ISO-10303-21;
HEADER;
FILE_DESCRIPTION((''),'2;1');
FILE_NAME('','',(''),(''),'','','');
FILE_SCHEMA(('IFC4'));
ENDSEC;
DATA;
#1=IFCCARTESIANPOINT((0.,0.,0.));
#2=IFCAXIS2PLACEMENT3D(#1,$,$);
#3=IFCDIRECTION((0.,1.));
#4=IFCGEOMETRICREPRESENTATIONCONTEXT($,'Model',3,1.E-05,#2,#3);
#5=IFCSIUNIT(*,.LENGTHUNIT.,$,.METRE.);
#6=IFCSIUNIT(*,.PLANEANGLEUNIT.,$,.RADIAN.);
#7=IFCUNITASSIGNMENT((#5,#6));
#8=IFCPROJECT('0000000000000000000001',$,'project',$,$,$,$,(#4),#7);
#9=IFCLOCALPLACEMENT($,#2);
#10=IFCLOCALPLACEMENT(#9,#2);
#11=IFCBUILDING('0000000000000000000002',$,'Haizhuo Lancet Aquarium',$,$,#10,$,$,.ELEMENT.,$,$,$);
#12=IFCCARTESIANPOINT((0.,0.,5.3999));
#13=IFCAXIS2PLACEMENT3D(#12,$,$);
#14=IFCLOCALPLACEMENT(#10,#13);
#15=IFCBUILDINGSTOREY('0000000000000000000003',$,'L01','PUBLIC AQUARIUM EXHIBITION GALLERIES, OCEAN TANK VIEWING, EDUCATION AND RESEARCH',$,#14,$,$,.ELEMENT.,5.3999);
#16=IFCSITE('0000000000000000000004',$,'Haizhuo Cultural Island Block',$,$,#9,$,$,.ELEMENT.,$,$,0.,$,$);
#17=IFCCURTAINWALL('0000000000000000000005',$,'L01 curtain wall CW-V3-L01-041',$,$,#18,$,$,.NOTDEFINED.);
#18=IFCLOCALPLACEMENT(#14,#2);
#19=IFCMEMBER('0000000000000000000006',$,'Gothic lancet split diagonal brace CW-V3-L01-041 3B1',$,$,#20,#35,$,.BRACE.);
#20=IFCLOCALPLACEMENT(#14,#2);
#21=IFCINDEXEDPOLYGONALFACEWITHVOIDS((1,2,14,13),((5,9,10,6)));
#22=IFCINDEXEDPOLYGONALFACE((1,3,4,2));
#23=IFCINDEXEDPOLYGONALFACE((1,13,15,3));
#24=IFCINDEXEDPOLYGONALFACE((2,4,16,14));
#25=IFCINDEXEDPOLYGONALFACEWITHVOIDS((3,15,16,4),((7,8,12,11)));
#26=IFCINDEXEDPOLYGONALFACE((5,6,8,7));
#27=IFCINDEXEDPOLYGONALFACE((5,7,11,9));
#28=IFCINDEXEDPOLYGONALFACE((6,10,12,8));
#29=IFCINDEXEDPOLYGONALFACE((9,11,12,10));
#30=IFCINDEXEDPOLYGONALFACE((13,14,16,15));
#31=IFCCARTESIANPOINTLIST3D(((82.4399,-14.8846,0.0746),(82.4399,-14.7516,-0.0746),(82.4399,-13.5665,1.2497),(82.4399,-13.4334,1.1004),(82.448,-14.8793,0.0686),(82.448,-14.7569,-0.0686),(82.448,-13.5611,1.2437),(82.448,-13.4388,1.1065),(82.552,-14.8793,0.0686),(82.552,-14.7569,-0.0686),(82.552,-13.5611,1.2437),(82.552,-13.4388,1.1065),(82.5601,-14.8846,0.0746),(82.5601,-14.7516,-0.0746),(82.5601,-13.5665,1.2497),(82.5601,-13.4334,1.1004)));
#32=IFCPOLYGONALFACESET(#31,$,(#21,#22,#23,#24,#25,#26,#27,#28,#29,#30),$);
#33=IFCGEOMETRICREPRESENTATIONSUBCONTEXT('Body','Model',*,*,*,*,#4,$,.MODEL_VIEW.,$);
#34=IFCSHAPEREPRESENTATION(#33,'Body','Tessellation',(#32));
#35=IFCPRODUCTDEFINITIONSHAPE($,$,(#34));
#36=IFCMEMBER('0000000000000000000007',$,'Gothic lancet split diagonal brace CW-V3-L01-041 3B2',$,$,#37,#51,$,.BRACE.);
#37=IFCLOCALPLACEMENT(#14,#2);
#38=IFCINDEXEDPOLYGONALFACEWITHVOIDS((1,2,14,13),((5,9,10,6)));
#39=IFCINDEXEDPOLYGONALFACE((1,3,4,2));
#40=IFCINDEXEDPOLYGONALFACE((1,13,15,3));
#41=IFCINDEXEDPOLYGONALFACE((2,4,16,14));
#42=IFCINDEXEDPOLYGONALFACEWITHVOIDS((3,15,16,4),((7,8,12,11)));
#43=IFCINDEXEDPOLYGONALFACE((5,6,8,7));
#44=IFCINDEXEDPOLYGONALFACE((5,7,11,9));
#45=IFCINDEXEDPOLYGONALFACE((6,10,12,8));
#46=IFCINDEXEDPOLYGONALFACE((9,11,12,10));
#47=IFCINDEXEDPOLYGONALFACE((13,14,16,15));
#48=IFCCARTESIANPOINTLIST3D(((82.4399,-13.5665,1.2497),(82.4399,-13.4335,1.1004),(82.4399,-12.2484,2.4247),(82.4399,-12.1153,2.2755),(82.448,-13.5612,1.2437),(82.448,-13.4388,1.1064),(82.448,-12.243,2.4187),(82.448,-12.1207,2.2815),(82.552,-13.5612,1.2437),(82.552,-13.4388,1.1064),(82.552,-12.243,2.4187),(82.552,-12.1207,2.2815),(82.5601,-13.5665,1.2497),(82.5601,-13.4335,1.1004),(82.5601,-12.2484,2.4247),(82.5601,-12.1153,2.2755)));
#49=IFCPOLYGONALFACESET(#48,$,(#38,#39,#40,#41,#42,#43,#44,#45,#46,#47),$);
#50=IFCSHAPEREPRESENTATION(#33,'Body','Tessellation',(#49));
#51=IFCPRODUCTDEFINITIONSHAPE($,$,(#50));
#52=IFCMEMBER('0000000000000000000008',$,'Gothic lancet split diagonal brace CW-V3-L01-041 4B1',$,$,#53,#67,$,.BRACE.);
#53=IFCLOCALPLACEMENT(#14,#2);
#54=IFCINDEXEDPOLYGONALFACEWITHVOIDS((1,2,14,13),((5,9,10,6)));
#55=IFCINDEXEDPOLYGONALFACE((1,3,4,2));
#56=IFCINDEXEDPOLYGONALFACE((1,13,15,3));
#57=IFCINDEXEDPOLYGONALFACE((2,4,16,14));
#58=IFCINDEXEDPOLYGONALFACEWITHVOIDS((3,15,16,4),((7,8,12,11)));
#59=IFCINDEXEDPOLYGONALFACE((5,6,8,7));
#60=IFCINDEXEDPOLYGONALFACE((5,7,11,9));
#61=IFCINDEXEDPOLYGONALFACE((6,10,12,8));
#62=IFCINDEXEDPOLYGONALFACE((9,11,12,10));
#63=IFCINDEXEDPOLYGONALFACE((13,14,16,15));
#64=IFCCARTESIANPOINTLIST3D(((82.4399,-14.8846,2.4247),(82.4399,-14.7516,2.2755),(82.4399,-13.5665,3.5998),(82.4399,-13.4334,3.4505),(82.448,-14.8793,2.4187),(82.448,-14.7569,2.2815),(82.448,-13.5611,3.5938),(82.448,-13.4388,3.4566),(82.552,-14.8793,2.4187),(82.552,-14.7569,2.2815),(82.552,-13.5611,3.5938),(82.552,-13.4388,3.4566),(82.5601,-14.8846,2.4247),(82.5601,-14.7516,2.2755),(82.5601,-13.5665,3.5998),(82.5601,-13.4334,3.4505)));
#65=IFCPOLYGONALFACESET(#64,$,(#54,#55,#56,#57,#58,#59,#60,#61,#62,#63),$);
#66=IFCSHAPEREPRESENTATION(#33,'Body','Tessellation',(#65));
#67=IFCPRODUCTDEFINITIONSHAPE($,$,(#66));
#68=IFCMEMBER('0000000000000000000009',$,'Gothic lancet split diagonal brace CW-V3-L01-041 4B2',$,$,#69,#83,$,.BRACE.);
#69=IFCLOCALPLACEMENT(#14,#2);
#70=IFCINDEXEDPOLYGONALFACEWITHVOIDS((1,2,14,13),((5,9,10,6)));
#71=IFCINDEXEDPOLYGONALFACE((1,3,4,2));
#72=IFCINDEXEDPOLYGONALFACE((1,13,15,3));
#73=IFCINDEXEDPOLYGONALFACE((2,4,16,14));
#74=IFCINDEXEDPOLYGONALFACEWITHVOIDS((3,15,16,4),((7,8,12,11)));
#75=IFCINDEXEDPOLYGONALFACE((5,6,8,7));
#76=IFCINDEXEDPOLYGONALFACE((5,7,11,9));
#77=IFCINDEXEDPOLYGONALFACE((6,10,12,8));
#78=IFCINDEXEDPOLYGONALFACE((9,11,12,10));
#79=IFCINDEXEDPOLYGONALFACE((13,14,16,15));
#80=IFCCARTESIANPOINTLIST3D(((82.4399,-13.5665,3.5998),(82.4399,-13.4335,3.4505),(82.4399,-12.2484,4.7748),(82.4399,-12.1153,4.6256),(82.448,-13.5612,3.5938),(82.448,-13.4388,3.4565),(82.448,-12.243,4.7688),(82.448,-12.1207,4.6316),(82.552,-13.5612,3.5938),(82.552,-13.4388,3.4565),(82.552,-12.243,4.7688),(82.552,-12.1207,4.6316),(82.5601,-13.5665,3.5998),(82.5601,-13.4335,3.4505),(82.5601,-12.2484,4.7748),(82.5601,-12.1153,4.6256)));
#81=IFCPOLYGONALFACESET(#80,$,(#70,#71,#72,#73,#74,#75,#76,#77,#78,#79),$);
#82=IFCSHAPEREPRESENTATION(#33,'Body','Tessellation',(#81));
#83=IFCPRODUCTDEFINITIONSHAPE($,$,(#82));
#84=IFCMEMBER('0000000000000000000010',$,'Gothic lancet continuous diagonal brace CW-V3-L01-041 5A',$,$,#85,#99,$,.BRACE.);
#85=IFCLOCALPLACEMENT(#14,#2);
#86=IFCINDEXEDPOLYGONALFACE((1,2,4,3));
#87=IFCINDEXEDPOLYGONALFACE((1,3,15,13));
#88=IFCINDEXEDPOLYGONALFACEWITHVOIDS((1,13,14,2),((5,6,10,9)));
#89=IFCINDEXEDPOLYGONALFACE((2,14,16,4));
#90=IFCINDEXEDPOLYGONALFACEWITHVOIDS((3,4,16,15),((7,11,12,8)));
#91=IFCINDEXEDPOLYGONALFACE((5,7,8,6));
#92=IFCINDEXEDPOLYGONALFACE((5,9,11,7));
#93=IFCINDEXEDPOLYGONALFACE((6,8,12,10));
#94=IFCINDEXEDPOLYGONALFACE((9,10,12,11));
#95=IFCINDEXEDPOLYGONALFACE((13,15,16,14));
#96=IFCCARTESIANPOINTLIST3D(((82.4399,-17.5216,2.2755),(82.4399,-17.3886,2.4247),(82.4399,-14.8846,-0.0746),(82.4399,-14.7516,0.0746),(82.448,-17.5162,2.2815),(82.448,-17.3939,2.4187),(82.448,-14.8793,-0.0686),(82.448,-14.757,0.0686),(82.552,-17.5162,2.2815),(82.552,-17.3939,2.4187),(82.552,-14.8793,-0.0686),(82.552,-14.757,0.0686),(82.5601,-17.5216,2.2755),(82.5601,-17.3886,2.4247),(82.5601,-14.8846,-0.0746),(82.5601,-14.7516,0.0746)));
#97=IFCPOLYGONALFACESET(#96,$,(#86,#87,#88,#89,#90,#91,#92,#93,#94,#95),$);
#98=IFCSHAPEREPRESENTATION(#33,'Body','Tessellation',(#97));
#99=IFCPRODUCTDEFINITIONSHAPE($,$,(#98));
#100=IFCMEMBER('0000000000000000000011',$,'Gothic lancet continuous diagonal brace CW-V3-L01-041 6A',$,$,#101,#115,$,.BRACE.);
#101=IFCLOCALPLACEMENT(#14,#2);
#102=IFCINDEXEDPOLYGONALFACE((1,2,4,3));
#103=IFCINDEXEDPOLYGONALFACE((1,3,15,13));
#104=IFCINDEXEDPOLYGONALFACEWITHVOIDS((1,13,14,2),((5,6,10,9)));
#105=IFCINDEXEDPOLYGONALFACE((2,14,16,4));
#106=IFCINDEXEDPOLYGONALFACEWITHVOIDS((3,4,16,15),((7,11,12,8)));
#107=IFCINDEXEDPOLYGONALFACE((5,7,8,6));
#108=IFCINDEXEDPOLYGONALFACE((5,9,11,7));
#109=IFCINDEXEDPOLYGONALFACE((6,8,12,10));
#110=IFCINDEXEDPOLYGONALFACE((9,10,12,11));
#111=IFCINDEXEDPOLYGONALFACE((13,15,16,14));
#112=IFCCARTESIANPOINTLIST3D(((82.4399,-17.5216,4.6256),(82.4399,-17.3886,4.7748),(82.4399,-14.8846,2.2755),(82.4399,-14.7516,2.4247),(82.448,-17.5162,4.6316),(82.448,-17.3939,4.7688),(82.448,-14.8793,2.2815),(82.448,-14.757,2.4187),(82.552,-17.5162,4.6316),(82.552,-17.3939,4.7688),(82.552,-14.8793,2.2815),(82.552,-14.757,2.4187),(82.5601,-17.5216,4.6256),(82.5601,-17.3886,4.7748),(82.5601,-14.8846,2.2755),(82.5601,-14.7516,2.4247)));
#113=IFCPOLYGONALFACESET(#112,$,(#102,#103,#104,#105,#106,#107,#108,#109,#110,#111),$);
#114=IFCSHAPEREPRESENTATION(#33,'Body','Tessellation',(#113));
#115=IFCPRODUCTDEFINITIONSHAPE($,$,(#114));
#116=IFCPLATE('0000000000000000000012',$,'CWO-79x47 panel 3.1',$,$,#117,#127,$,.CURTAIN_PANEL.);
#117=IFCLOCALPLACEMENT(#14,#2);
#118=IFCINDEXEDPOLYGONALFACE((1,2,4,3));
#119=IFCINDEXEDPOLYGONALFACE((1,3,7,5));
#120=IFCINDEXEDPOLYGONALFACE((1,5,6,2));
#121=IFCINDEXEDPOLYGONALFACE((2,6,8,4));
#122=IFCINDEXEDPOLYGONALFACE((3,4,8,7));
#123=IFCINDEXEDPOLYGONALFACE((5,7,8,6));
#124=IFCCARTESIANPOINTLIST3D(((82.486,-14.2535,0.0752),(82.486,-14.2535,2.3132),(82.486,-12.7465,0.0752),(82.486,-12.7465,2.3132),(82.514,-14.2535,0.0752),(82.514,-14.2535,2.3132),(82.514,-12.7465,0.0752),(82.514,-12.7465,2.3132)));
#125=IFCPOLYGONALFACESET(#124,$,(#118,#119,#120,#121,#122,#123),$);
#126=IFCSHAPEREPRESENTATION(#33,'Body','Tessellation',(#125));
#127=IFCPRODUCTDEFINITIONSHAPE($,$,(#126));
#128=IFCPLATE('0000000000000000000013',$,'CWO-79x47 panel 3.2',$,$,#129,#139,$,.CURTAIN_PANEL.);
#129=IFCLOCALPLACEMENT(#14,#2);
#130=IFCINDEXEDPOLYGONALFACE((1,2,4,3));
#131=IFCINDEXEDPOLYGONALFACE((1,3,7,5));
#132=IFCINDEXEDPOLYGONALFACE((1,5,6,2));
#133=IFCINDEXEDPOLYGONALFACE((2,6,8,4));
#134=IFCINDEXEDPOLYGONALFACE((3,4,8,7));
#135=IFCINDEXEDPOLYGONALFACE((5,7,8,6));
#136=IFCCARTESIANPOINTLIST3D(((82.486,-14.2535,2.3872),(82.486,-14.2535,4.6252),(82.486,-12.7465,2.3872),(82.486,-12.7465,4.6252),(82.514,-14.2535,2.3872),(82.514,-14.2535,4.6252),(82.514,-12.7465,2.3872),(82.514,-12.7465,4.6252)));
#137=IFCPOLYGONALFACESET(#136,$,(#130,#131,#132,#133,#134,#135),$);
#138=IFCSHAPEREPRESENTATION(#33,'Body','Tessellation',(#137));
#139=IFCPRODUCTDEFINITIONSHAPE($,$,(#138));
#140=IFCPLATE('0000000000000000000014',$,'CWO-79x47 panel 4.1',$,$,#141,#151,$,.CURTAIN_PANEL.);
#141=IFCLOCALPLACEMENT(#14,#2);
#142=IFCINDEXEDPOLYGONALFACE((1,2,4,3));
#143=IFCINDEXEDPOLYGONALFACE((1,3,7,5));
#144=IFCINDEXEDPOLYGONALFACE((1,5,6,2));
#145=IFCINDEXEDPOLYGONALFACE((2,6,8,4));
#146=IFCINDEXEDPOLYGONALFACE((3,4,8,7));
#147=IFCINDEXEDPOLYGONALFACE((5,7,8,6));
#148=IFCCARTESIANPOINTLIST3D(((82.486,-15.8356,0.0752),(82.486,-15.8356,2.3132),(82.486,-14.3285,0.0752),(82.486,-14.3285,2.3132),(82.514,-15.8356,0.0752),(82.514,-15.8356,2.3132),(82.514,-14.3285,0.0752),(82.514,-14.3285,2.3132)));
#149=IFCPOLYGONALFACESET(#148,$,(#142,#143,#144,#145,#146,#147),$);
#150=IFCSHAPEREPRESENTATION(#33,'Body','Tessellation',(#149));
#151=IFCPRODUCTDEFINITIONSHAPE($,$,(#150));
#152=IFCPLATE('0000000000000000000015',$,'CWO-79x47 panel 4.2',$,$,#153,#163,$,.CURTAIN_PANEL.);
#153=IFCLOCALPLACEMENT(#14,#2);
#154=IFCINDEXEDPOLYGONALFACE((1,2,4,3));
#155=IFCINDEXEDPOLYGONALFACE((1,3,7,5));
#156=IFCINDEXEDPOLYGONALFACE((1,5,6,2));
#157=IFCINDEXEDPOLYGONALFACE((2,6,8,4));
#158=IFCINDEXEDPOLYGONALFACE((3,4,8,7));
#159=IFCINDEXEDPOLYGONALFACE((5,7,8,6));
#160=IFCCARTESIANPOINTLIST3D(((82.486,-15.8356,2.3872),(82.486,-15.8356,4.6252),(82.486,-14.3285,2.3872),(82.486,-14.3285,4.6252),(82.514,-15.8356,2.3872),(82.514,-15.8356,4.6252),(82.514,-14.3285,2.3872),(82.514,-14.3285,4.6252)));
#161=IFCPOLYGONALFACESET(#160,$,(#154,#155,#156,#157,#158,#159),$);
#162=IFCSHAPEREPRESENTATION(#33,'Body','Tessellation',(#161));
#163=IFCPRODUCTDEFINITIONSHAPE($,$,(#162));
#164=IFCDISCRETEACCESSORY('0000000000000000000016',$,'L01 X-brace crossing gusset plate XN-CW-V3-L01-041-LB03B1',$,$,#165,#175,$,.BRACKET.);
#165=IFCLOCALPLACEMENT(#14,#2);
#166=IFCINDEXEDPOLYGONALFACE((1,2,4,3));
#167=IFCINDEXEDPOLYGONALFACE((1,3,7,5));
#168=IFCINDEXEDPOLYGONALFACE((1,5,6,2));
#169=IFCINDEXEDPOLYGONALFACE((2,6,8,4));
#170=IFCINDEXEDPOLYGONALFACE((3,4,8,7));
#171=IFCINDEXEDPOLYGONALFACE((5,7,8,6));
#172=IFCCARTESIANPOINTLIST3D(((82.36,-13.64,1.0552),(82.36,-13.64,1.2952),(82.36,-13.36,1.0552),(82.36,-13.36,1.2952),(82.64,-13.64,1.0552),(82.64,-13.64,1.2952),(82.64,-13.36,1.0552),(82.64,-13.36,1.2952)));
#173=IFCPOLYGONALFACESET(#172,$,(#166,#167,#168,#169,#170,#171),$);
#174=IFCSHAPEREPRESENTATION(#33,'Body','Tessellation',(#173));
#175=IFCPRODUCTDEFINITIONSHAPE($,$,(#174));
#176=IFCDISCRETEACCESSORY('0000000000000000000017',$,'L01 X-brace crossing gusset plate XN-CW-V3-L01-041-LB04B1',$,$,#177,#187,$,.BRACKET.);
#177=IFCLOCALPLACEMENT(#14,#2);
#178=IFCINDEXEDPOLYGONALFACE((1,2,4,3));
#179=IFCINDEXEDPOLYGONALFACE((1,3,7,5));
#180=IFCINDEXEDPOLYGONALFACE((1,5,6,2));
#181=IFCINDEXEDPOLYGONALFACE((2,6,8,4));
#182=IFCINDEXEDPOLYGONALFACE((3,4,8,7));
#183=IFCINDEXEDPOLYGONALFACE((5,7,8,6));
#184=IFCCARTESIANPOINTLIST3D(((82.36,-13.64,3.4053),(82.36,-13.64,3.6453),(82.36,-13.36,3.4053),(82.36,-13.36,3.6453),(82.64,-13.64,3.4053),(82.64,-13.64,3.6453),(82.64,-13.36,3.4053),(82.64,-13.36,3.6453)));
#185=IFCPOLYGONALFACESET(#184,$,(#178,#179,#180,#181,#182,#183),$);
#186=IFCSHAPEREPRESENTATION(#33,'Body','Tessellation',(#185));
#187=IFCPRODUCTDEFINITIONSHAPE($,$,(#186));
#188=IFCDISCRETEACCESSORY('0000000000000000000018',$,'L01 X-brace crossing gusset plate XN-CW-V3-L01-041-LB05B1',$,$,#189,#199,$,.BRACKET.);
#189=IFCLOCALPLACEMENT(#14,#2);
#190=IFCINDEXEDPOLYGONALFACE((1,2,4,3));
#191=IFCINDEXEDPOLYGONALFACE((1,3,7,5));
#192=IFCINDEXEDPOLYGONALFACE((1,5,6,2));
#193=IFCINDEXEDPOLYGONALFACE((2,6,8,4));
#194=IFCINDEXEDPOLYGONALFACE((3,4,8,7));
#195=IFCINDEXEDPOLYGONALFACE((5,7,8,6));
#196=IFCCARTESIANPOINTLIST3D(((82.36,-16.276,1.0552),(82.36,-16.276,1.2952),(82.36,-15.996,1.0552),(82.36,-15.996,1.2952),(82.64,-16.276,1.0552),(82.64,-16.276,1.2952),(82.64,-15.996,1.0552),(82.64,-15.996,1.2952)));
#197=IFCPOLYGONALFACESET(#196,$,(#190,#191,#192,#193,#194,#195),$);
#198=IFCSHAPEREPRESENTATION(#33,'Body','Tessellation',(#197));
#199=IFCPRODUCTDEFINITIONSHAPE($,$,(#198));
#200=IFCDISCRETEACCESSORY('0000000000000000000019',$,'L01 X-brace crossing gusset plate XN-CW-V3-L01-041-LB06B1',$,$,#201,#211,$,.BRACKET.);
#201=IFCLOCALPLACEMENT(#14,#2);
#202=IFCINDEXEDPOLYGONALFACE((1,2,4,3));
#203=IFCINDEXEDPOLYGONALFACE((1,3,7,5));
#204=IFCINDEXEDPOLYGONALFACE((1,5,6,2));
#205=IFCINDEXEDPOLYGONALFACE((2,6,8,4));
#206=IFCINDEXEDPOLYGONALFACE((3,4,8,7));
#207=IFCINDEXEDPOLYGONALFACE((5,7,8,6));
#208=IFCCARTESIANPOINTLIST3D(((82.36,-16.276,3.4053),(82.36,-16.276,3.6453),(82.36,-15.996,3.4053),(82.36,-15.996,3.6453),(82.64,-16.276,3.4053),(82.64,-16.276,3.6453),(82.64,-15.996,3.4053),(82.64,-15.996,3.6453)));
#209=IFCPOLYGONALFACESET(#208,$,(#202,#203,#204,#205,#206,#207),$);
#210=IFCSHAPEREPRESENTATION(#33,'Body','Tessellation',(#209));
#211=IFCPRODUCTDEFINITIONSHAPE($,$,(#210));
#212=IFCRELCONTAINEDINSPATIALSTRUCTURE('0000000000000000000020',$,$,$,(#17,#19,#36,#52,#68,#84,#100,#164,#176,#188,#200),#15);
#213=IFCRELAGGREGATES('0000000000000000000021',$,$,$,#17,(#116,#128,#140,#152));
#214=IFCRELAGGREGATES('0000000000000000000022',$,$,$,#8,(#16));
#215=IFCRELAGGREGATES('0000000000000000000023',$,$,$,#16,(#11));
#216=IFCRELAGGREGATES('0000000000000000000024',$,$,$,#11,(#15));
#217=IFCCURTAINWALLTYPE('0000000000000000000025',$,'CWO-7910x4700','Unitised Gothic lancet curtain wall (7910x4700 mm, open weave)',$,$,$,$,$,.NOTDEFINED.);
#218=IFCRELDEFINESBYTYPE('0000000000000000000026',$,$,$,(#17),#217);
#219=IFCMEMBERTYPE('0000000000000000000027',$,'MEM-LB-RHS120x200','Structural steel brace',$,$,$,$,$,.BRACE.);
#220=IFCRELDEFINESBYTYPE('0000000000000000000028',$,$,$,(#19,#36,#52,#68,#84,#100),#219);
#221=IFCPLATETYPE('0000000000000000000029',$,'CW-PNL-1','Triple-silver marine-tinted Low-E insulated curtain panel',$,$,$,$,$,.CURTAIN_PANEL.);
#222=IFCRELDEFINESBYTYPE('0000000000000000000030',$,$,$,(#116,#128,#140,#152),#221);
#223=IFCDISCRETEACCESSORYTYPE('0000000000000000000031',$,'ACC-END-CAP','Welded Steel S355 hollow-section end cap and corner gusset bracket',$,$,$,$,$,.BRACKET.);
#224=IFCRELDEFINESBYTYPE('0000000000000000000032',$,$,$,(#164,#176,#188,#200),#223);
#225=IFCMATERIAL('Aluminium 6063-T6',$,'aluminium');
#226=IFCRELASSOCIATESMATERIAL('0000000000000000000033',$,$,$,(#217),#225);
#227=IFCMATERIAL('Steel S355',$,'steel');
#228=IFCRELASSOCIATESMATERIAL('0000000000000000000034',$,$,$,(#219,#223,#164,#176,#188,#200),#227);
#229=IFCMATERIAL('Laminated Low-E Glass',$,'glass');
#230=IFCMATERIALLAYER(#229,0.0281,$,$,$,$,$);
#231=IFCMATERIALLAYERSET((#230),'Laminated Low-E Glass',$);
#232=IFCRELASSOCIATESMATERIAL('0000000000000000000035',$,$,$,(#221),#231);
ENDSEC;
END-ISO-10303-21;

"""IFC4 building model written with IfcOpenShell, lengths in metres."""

from ifc_helpers import new_model, si_unit, direction, frame, origin, origin_2d, place, context, subcontext, project, spatial, rectangle, hollow_rectangle, extrude, material, layer, layer_set, material_profile, profile_set, type_object, element, aggregate, save


model = new_model("IFC4")

# Units and contexts
model_context = context("Model", 3, precision=1e-05, world=origin(), true_north=direction((0.0, 1.0)))
body_context = subcontext(model_context, "Body", "Model", "MODEL_VIEW")
ifc_project = project(units=[si_unit("LENGTHUNIT", "METRE"), si_unit("PLANEANGLEUNIT", "RADIAN")], contexts=[model_context])

# Site, building, storey
site_placement = place(None, origin())
site = spatial("IfcSite", under=ifc_project, at=site_placement, Name="Haizhuo Cultural Island Block", CompositionType="ELEMENT", RefElevation=0.0)
building_placement = place(site_placement, origin())
building = spatial("IfcBuilding", under=site, at=building_placement, Name="Haizhuo Lancet Aquarium", CompositionType="ELEMENT")
storey_placement = place(building_placement, frame((0.0, 0.0, 5.3999)))
storey = spatial("IfcBuildingStorey", under=building, at=storey_placement, Name="L01", Description="PUBLIC AQUARIUM EXHIBITION GALLERIES, OCEAN TANK VIEWING, EDUCATION AND RESEARCH", CompositionType="ELEMENT", Elevation=5.3999)

# Curtain wall
ifc_material_1 = material(Name="Aluminium 6063-T6", Category="aluminium")
curtain_wall_type = type_object("IfcCurtainWallType", Name="CWO-7910x4700", Description="Unitised Gothic lancet curtain wall (7910x4700 mm, open weave)", PredefinedType="NOTDEFINED", material=ifc_material_1)
curtain_wall_placement = place(storey_placement, origin())
curtain_wall = element("IfcCurtainWall", 1, at=curtain_wall_placement, inside=storey, type_object=curtain_wall_type, Name="L01 curtain wall CW-V3-L01-041", PredefinedType="NOTDEFINED")

# Members
ifc_material_2 = material(Name="Steel S355", Category="steel")
ifc_material_profile_1 = material_profile(ifc_material_2, hollow_rectangle(XDim=0.1201, YDim=0.2, WallThickness=0.0081, at=origin_2d()), Name="RHS 120x200x8")
ifc_profile_set_1 = profile_set([ifc_material_profile_1], Name="Steel S355")
member_type_1 = type_object("IfcMemberType", Name="MEM-LB-RHS120x200", Description="Structural steel brace", PredefinedType="BRACE", material=ifc_profile_set_1)
for number, where, z_axis, x_axis, name in (
    (2, (82.5, -14.8181, 0.0), (0.0, 0.746455, 0.665436), (-1.0, 0.0, 0.0), "Gothic lancet split diagonal brace CW-V3-L01-041 3B1"),
    (3, (82.5, -13.5, 1.175), (0.0, 0.746455, 0.665436), (-1.0, 0.0, 0.0), "Gothic lancet split diagonal brace CW-V3-L01-041 3B2"),
    (4, (82.5, -14.8181, 2.3501), (0.0, 0.746455, 0.665436), (-1.0, 0.0, 0.0), "Gothic lancet split diagonal brace CW-V3-L01-041 4B1"),
    (5, (82.5, -13.5, 3.5251), (0.0, 0.746455, 0.665436), (-1.0, 0.0, 0.0), "Gothic lancet split diagonal brace CW-V3-L01-041 4B2"),
):
    element("IfcMember", number, at=place(storey_placement, frame(where, z_axis=z_axis, x_axis=x_axis)), inside=storey, type_object=member_type_1, Name=name, PredefinedType="BRACE", context=body_context, shape_type="SweptSolid", body=[
        extrude(hollow_rectangle(XDim=0.1201, YDim=0.2, WallThickness=0.0081, at=origin_2d()), origin(), (0.0, 0.0, 1.0), 1.7659),
    ])
for number, where, z_axis, x_axis, name in (
    (6, (82.5, -14.8181, 0.0), (0.0, -0.746547, 0.665333), (1.0, 0.0, 0.0), "Gothic lancet continuous diagonal brace CW-V3-L01-041 5A"),
    (7, (82.5, -14.8181, 2.3501), (0.0, -0.746547, 0.665333), (1.0, 0.0, 0.0), "Gothic lancet continuous diagonal brace CW-V3-L01-041 6A"),
):
    element("IfcMember", number, at=place(storey_placement, frame(where, z_axis=z_axis, x_axis=x_axis)), inside=storey, type_object=member_type_1, Name=name, PredefinedType="BRACE", context=body_context, shape_type="SweptSolid", body=[
        extrude(hollow_rectangle(XDim=0.1201, YDim=0.2, WallThickness=0.0081, at=origin_2d()), origin(), (0.0, 0.0, 1.0), 3.5322),
    ])

# Plates
ifc_material_3 = material(Name="Laminated Low-E Glass", Category="glass")
ifc_layer = layer(ifc_material_3, 0.0281)
ifc_layer_set = layer_set([ifc_layer], Name="Laminated Low-E Glass")
plate_type = type_object("IfcPlateType", Name="CW-PNL-1", Description="Triple-silver marine-tinted Low-E insulated curtain panel", PredefinedType="CURTAIN_PANEL", material=ifc_layer_set)
plate_1_placement = place(storey_placement, frame((82.5, -13.5, 0.0752), z_axis=(0.0, 0.0, 1.0), x_axis=(0.0, -1.0, 0.0)))
plate_1 = element("IfcPlate", 8, at=plate_1_placement, type_object=plate_type, Name="CWO-79x47 panel 3.1", PredefinedType="CURTAIN_PANEL", context=body_context, shape_type="SweptSolid", body=[
    extrude(rectangle(XDim=1.5071, YDim=0.0281, at=origin_2d()), origin(), (0.0, 0.0, 1.0), 2.238),
])
plate_2_placement = place(storey_placement, frame((82.5, -13.5, 2.3872), z_axis=(0.0, 0.0, 1.0), x_axis=(0.0, -1.0, 0.0)))
plate_2 = element("IfcPlate", 9, at=plate_2_placement, type_object=plate_type, Name="CWO-79x47 panel 3.2", PredefinedType="CURTAIN_PANEL", context=body_context, shape_type="SweptSolid", body=[
    extrude(rectangle(XDim=1.5071, YDim=0.0281, at=origin_2d()), origin(), (0.0, 0.0, 1.0), 2.238),
])
plate_3_placement = place(storey_placement, frame((82.5, -15.082, 0.0752), z_axis=(0.0, 0.0, 1.0), x_axis=(0.0, -1.0, 0.0)))
plate_3 = element("IfcPlate", 10, at=plate_3_placement, type_object=plate_type, Name="CWO-79x47 panel 4.1", PredefinedType="CURTAIN_PANEL", context=body_context, shape_type="SweptSolid", body=[
    extrude(rectangle(XDim=1.5071, YDim=0.0281, at=origin_2d()), origin(), (0.0, 0.0, 1.0), 2.238),
])
plate_4_placement = place(storey_placement, frame((82.5, -15.082, 2.3872), z_axis=(0.0, 0.0, 1.0), x_axis=(0.0, -1.0, 0.0)))
plate_4 = element("IfcPlate", 11, at=plate_4_placement, type_object=plate_type, Name="CWO-79x47 panel 4.2", PredefinedType="CURTAIN_PANEL", context=body_context, shape_type="SweptSolid", body=[
    extrude(rectangle(XDim=1.5071, YDim=0.0281, at=origin_2d()), origin(), (0.0, 0.0, 1.0), 2.238),
])
aggregate(curtain_wall, [plate_1, plate_2, plate_3, plate_4])

# Discrete accessories
discrete_accessory_type = type_object("IfcDiscreteAccessoryType", Name="ACC-END-CAP", Description="Welded Steel S355 hollow-section end cap and corner gusset bracket", PredefinedType="BRACKET", material=ifc_material_2)
for number, where, z_axis, x_axis, name in (
    (12, (82.5, -13.5, 1.0552), (0.0, 0.0, 1.0), (1.0, 0.0, 0.0), "L01 X-brace crossing gusset plate XN-CW-V3-L01-041-LB03B1"),
    (13, (82.5, -13.5, 3.4053), (0.0, 0.0, 1.0), (1.0, 0.0, 0.0), "L01 X-brace crossing gusset plate XN-CW-V3-L01-041-LB04B1"),
    (14, (82.5, -16.136, 1.0552), (0.0, 0.0, 1.0), (1.0, 0.0, 0.0), "L01 X-brace crossing gusset plate XN-CW-V3-L01-041-LB05B1"),
    (15, (82.5, -16.136, 3.4053), (0.0, 0.0, 1.0), (1.0, 0.0, 0.0), "L01 X-brace crossing gusset plate XN-CW-V3-L01-041-LB06B1"),
):
    element("IfcDiscreteAccessory", number, at=place(storey_placement, frame(where, z_axis=z_axis, x_axis=x_axis)), inside=storey, type_object=discrete_accessory_type, material=ifc_material_2, Name=name, PredefinedType="BRACKET", context=body_context, shape_type="SweptSolid", body=[
        extrude(rectangle(XDim=0.28, YDim=0.28, at=origin_2d()), origin(), (0.0, 0.0, 1.0), 0.24),
    ])

save(model, "model.ifc")
